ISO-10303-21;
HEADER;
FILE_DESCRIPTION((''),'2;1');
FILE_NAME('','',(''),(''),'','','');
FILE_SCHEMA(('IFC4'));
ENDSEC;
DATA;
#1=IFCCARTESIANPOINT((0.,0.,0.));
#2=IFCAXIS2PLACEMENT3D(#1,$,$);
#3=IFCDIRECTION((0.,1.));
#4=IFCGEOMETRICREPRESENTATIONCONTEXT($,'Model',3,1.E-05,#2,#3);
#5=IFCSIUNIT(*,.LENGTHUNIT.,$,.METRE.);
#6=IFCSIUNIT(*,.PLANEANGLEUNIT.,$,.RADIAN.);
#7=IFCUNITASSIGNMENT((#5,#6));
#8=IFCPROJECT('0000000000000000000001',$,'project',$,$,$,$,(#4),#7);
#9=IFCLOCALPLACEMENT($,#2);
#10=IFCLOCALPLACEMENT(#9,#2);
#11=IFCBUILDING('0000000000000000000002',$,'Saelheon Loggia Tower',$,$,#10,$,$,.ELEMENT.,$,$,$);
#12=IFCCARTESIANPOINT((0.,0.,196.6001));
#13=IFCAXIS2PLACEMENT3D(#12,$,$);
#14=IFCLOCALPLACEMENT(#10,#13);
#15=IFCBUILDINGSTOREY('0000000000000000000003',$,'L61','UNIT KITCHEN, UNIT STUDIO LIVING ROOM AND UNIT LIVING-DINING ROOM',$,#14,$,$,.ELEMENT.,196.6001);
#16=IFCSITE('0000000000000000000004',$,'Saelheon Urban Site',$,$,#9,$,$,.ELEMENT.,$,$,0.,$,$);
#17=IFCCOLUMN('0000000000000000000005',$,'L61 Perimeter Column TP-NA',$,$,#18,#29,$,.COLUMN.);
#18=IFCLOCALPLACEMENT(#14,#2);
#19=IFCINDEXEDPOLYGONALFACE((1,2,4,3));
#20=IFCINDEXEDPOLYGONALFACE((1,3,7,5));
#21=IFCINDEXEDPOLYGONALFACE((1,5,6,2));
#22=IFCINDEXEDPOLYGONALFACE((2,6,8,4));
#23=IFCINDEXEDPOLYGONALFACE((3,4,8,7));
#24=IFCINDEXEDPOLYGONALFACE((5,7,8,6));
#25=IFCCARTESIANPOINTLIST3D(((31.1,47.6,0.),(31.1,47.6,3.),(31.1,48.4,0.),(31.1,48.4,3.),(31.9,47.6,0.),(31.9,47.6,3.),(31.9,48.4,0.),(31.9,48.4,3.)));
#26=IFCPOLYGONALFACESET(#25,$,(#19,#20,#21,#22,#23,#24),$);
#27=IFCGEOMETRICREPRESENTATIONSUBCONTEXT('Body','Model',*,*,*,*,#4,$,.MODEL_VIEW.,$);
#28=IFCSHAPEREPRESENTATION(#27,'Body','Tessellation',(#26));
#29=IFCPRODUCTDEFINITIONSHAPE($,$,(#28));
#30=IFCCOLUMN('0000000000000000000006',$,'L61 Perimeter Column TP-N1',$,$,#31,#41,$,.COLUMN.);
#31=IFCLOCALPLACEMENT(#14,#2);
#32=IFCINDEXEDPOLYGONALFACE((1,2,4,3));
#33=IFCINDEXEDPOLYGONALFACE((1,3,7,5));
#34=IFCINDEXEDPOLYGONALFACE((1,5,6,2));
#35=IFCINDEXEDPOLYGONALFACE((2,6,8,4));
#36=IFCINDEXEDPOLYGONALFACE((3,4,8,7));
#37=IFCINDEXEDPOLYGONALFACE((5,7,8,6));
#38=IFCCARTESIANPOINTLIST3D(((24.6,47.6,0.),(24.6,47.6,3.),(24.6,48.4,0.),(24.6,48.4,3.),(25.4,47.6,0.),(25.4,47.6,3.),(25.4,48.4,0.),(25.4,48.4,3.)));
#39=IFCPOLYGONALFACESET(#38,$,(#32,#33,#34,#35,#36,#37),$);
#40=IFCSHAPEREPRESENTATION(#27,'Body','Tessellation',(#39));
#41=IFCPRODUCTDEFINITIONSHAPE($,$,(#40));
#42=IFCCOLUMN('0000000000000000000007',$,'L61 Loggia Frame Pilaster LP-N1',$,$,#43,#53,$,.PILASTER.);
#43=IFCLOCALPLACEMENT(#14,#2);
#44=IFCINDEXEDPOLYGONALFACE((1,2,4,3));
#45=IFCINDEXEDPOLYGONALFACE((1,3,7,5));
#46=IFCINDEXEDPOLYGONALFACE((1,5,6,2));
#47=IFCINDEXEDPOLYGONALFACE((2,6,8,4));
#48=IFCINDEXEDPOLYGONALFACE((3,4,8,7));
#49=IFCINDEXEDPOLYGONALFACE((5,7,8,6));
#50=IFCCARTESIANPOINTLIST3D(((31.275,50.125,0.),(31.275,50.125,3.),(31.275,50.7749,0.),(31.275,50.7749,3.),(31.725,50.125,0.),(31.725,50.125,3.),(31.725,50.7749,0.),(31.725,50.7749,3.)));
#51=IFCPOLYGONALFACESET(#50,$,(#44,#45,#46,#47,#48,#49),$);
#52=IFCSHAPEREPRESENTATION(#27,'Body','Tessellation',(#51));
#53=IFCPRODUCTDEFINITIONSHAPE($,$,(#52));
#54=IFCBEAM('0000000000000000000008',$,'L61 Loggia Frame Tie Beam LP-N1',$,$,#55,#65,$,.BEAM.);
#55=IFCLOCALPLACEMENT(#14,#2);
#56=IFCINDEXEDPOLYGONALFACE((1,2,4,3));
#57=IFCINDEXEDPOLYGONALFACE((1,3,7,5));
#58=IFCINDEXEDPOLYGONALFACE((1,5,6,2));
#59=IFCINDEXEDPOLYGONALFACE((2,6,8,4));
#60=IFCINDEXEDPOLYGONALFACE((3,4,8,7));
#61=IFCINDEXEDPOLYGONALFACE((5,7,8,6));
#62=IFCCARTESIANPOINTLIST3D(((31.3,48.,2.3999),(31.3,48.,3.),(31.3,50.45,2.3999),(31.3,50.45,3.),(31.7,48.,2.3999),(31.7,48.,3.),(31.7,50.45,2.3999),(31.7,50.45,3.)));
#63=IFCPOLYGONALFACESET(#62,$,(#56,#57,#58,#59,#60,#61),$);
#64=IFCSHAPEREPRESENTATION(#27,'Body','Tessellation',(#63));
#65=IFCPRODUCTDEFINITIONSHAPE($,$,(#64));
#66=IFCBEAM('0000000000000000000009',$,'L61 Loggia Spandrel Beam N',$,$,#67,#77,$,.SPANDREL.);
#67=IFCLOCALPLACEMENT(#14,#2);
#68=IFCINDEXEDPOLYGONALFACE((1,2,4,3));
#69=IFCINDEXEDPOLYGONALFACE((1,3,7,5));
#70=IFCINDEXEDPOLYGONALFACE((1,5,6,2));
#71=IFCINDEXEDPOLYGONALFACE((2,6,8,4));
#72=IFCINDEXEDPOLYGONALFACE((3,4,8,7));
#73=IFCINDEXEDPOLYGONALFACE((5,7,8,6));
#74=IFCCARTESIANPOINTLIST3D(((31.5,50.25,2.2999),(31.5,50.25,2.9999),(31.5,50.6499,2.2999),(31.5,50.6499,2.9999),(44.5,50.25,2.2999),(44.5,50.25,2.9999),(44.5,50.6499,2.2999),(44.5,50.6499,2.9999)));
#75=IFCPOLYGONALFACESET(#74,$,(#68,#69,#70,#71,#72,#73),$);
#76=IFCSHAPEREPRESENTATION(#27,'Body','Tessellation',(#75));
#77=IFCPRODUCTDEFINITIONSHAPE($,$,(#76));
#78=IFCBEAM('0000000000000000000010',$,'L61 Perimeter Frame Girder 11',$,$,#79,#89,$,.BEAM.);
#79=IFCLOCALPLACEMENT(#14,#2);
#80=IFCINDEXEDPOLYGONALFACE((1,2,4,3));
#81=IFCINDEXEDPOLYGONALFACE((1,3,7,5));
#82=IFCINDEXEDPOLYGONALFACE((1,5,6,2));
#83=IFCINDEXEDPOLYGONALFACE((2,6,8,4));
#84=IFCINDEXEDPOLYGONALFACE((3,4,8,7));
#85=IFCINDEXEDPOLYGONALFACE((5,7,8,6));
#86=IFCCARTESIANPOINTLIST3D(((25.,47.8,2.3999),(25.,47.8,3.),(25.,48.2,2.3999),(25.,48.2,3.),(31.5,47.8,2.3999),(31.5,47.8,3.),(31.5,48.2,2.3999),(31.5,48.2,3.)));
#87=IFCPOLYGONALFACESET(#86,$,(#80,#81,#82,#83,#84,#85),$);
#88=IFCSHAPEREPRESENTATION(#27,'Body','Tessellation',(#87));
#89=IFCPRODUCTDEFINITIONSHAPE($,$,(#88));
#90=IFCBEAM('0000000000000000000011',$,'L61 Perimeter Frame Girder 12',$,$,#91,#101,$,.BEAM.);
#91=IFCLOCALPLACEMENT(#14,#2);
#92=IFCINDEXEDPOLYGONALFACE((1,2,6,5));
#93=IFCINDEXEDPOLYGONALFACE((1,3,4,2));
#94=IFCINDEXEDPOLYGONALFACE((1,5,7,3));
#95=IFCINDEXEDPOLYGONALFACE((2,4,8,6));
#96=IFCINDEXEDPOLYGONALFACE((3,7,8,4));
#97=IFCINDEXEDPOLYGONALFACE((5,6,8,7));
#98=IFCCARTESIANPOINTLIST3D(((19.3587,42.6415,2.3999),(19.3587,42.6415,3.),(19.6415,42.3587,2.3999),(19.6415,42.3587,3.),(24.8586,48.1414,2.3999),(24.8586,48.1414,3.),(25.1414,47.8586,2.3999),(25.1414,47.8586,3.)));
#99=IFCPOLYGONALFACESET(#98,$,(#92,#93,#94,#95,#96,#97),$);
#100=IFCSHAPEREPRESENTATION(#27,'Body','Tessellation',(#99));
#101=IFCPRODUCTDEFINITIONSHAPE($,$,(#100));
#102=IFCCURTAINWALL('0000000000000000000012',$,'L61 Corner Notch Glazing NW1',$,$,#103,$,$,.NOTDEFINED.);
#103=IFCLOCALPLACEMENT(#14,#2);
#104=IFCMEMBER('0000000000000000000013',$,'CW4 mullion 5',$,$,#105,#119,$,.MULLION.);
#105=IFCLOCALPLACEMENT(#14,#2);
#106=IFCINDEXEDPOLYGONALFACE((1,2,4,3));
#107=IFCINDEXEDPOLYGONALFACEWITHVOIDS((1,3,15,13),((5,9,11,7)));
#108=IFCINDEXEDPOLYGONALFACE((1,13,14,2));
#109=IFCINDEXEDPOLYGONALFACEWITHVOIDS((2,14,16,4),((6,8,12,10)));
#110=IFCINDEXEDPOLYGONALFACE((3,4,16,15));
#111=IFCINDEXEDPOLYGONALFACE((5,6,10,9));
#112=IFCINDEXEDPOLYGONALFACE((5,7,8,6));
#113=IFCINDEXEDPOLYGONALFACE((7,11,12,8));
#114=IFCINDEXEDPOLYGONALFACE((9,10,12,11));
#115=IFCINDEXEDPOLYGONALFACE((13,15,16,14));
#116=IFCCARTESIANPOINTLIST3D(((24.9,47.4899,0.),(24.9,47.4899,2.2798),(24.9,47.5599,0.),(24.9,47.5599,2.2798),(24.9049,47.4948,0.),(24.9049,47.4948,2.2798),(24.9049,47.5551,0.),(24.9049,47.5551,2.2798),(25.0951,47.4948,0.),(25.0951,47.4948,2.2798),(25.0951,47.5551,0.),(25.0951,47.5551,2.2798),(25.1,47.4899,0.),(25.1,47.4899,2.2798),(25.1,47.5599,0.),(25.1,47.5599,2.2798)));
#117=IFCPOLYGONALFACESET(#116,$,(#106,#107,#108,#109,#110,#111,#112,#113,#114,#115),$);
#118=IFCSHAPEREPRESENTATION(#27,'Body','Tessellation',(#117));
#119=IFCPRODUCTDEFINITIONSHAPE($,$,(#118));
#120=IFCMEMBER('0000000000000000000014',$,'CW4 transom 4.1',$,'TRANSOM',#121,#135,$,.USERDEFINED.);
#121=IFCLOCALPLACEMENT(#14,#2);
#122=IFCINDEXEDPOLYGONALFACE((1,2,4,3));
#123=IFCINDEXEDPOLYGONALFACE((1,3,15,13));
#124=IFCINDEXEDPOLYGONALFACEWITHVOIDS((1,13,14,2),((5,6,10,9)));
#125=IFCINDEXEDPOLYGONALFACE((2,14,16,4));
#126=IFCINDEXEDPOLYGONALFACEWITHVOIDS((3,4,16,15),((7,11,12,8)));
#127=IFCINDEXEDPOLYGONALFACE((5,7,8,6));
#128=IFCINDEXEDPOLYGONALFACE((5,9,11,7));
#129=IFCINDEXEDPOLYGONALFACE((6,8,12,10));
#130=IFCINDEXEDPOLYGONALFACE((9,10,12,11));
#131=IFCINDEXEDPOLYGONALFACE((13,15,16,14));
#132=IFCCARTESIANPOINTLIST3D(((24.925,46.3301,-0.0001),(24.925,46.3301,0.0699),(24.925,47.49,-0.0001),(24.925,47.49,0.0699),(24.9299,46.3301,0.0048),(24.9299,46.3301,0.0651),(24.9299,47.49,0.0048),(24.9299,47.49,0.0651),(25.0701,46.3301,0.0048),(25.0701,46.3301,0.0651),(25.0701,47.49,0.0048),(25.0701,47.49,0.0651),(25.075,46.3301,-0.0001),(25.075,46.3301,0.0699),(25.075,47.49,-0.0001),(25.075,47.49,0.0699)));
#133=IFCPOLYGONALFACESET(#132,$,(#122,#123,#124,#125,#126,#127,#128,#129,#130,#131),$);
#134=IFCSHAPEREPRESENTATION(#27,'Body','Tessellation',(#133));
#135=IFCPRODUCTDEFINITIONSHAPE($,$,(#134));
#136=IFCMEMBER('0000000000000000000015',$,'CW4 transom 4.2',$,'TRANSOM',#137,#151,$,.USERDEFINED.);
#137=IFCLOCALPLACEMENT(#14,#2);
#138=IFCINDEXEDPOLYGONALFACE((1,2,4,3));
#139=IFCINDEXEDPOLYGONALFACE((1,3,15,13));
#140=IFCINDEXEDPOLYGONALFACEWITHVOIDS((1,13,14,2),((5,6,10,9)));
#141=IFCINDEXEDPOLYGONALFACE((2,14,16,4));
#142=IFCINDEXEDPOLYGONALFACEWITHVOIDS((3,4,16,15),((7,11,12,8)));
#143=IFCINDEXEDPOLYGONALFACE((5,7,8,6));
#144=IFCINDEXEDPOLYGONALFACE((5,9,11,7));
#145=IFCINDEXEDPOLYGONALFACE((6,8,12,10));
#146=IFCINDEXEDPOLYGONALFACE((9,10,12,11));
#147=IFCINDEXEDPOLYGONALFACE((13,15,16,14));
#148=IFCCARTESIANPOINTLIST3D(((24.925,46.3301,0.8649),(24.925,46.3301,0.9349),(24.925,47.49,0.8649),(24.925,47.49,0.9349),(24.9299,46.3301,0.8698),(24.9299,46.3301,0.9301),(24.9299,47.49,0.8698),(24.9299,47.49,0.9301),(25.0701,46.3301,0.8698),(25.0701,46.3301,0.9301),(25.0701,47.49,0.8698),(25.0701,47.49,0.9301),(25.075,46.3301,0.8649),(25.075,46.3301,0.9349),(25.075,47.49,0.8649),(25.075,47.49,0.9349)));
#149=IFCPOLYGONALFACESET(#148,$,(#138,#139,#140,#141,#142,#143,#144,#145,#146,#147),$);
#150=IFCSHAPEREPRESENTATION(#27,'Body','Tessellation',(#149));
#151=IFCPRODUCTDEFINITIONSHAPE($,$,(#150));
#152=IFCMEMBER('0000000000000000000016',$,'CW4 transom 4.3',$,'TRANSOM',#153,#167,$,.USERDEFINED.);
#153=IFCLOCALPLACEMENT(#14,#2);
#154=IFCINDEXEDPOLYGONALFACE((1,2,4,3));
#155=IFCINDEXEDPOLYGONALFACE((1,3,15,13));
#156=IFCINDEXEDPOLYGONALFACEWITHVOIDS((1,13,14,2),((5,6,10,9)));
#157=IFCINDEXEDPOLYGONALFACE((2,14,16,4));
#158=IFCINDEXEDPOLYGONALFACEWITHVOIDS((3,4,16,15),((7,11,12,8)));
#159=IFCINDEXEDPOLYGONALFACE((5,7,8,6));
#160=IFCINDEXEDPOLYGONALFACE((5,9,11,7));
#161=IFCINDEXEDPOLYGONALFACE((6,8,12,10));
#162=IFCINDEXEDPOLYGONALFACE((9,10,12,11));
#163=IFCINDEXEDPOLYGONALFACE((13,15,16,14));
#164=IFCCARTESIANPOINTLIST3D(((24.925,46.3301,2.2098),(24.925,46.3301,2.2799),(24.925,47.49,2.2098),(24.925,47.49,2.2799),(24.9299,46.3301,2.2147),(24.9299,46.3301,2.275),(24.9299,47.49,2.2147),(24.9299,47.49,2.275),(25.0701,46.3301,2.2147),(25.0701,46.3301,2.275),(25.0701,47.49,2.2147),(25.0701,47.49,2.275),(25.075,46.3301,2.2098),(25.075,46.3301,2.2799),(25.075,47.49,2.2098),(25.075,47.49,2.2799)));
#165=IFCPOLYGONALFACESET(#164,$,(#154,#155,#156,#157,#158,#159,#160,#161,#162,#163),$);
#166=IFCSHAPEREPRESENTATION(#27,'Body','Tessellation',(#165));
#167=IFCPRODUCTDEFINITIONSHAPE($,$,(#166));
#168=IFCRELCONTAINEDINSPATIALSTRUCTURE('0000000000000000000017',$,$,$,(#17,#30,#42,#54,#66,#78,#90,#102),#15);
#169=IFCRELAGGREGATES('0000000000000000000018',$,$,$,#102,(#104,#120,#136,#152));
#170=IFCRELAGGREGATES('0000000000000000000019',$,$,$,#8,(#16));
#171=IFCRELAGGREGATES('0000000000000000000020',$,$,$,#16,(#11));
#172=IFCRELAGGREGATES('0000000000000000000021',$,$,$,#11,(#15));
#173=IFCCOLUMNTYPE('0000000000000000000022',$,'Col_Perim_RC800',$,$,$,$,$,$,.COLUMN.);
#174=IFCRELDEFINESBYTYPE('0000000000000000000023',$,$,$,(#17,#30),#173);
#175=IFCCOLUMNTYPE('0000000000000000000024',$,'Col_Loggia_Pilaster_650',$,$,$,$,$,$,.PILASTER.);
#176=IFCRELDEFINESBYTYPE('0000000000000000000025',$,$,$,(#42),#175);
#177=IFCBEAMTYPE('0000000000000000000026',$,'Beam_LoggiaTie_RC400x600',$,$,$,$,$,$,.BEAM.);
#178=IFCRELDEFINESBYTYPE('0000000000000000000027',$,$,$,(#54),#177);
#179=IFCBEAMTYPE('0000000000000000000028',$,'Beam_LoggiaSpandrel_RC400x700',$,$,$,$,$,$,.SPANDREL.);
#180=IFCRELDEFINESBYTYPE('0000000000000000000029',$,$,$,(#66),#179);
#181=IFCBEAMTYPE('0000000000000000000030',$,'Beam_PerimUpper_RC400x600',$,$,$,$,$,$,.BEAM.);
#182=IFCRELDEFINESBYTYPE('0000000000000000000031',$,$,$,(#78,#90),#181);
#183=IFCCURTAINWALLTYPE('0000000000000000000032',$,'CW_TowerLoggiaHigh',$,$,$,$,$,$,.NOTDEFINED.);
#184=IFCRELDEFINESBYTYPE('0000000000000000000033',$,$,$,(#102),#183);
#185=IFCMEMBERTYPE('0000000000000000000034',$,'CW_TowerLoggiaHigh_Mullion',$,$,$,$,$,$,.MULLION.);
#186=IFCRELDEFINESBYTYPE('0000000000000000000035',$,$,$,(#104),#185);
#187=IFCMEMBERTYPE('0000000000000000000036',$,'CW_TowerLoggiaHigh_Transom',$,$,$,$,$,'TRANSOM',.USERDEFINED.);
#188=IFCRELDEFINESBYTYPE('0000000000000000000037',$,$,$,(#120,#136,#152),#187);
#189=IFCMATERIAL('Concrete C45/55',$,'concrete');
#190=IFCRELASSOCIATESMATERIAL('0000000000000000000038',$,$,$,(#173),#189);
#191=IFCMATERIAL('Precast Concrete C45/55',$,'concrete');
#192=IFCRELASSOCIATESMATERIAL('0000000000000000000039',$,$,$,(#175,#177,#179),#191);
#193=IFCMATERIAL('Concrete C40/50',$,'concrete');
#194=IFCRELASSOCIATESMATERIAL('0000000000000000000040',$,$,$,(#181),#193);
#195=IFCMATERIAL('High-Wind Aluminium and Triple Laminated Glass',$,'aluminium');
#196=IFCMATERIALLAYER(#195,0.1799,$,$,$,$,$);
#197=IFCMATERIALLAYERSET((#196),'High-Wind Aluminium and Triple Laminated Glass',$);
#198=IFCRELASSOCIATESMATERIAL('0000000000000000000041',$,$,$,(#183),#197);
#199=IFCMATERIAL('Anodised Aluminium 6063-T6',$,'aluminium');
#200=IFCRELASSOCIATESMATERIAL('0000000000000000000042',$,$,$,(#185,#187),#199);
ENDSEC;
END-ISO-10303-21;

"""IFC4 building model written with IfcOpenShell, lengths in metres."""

from ifc_helpers import new_model, si_unit, direction, frame, origin, origin_2d, place, context, subcontext, project, spatial, rectangle, hollow_rectangle, extrude, source, transform, mapped, material, layer, layer_set, material_profile, profile_set, type_object, element, aggregate, save


model = new_model("IFC4")

# Units and contexts
model_context = context("Model", 3, precision=1e-05, world=origin(), true_north=direction((0.0, 1.0)))
body_context = subcontext(model_context, "Body", "Model", "MODEL_VIEW")
ifc_project = project(units=[si_unit("LENGTHUNIT", "METRE"), si_unit("PLANEANGLEUNIT", "RADIAN")], contexts=[model_context])

# Site, building, storey
site_placement = place(None, origin())
site = spatial("IfcSite", under=ifc_project, at=site_placement, Name="Saelheon Urban Site", CompositionType="ELEMENT", RefElevation=0.0)
building_placement = place(site_placement, origin())
building = spatial("IfcBuilding", under=site, at=building_placement, Name="Saelheon Loggia Tower", CompositionType="ELEMENT")
storey_placement = place(building_placement, frame((0.0, 0.0, 196.6001)))
storey = spatial("IfcBuildingStorey", under=building, at=storey_placement, Name="L61", Description="UNIT KITCHEN, UNIT STUDIO LIVING ROOM AND UNIT LIVING-DINING ROOM", CompositionType="ELEMENT", Elevation=196.6001)

# Columns
ifc_material_1 = material(Name="Concrete C45/55", Category="concrete")
ifc_material_profile_1 = material_profile(ifc_material_1, rectangle(XDim=0.8, YDim=0.8, at=origin_2d()), Name="RC-800x800")
ifc_profile_set_1 = profile_set([ifc_material_profile_1], Name="Concrete C45/55")
column_type_1 = type_object("IfcColumnType", Name="Col_Perim_RC800", PredefinedType="COLUMN", material=ifc_profile_set_1)
shared_shape_1 = source(origin(), body_context, "Body", "SweptSolid", [
    extrude(rectangle(XDim=0.8, YDim=0.8, at=origin_2d()), origin(), (0.0, 0.0, 1.0), 3.0),
])
for number, where, z_axis, x_axis, name in (
    (1, (31.5, 48.0, 0.0), (0.0, 0.0, 1.0), (1.0, 0.0, 0.0), "L61 Perimeter Column TP-NA"),
    (2, (25.0, 48.0, 0.0), (0.0, 0.0, 1.0), (1.0, 0.0, 0.0), "L61 Perimeter Column TP-N1"),
):
    element("IfcColumn", number, at=place(storey_placement, frame(where, z_axis=z_axis, x_axis=x_axis)), inside=storey, type_object=column_type_1, Name=name, PredefinedType="COLUMN", context=body_context, shape_type="MappedRepresentation", body=[
        mapped(shared_shape_1, transform((0.0, 0.0, 0.0), scale=1.0)),
    ])
ifc_material_2 = material(Name="Precast Concrete C45/55", Category="concrete")
ifc_material_profile_2 = material_profile(ifc_material_2, rectangle(XDim=0.45, YDim=0.6499, at=origin_2d()), Name="RC-450x650")
ifc_profile_set_2 = profile_set([ifc_material_profile_2], Name="Precast Concrete C45/55")
column_type_2 = type_object("IfcColumnType", Name="Col_Loggia_Pilaster_650", PredefinedType="PILASTER", material=ifc_profile_set_2)
shared_shape_2 = source(origin(), body_context, "Body", "SweptSolid", [
    extrude(rectangle(XDim=0.45, YDim=0.6499, at=origin_2d()), origin(), (0.0, 0.0, 1.0), 3.0),
])
column_placement = place(storey_placement, frame((31.5, 50.45, 0.0), z_axis=(0.0, 0.0, 1.0), x_axis=(1.0, 0.0, 0.0)))
element("IfcColumn", 3, at=column_placement, inside=storey, type_object=column_type_2, Name="L61 Loggia Frame Pilaster LP-N1", PredefinedType="PILASTER", context=body_context, shape_type="MappedRepresentation", body=[
    mapped(shared_shape_2, transform((0.0, 0.0, 0.0), scale=1.0)),
])

# Beams
ifc_material_profile_3 = material_profile(ifc_material_2, rectangle(XDim=0.3999, YDim=0.6001, at=origin_2d()), Name="RC-400x600")
ifc_profile_set_3 = profile_set([ifc_material_profile_3], Name="Precast Concrete C45/55")
beam_type_1 = type_object("IfcBeamType", Name="Beam_LoggiaTie_RC400x600", PredefinedType="BEAM", material=ifc_profile_set_3)
shared_shape_3 = source(origin(), body_context, "Body", "SweptSolid", [
    extrude(rectangle(XDim=0.3999, YDim=0.6001, at=origin_2d()), origin(), (0.0, 0.0, 1.0), 2.45),
])
beam_1_placement = place(storey_placement, frame((31.5, 48.0, 2.7), z_axis=(0.0, 1.0, 0.0), x_axis=(-1.0, 0.0, 0.0)))
element("IfcBeam", 4, at=beam_1_placement, inside=storey, type_object=beam_type_1, Name="L61 Loggia Frame Tie Beam LP-N1", PredefinedType="BEAM", context=body_context, shape_type="MappedRepresentation", body=[
    mapped(shared_shape_3, transform((0.0, 0.0, 0.0), scale=1.0)),
])
ifc_material_profile_4 = material_profile(ifc_material_2, rectangle(XDim=0.3999, YDim=0.7, at=origin_2d()), Name="RC-400x700")
ifc_profile_set_4 = profile_set([ifc_material_profile_4], Name="Precast Concrete C45/55")
beam_type_2 = type_object("IfcBeamType", Name="Beam_LoggiaSpandrel_RC400x700", PredefinedType="SPANDREL", material=ifc_profile_set_4)
shared_shape_4 = source(origin(), body_context, "Body", "SweptSolid", [
    extrude(rectangle(XDim=0.3999, YDim=0.7, at=origin_2d()), origin(), (0.0, 0.0, 1.0), 13.0),
])
beam_2_placement = place(storey_placement, frame((31.5, 50.45, 2.6499), z_axis=(1.0, 0.0, 0.0), x_axis=(0.0, 1.0, 0.0)))
element("IfcBeam", 5, at=beam_2_placement, inside=storey, type_object=beam_type_2, Name="L61 Loggia Spandrel Beam N", PredefinedType="SPANDREL", context=body_context, shape_type="MappedRepresentation", body=[
    mapped(shared_shape_4, transform((0.0, 0.0, 0.0), scale=1.0)),
])
ifc_material_3 = material(Name="Concrete C40/50", Category="concrete")
ifc_material_profile_5 = material_profile(ifc_material_3, rectangle(XDim=0.3999, YDim=0.6001, at=origin_2d()), Name="RC-400x600")
ifc_profile_set_5 = profile_set([ifc_material_profile_5], Name="Concrete C40/50")
beam_type_3 = type_object("IfcBeamType", Name="Beam_PerimUpper_RC400x600", PredefinedType="BEAM", material=ifc_profile_set_5)
shared_shape_5 = source(origin(), body_context, "Body", "SweptSolid", [
    extrude(rectangle(XDim=0.3999, YDim=0.6001, at=origin_2d()), origin(), (0.0, 0.0, 1.0), 6.5),
])
beam_3_placement = place(storey_placement, frame((31.5, 48.0, 2.7), z_axis=(-1.0, 0.0, 0.0), x_axis=(0.0, -1.0, 0.0)))
element("IfcBeam", 6, at=beam_3_placement, inside=storey, type_object=beam_type_3, Name="L61 Perimeter Frame Girder 11", PredefinedType="BEAM", context=body_context, shape_type="MappedRepresentation", body=[
    mapped(shared_shape_5, transform((0.0, 0.0, 0.0), scale=1.0)),
])
shared_shape_6 = source(origin(), body_context, "Body", "SweptSolid", [
    extrude(rectangle(XDim=0.3999, YDim=0.6001, at=origin_2d()), origin(), (0.0, 0.0, 1.0), 7.7781),
])
beam_4_placement = place(storey_placement, frame((25.0, 48.0, 2.7), z_axis=(-0.707107, -0.707107, 0.0), x_axis=(0.707107, -0.707107, 0.0)))
element("IfcBeam", 7, at=beam_4_placement, inside=storey, type_object=beam_type_3, Name="L61 Perimeter Frame Girder 12", PredefinedType="BEAM", context=body_context, shape_type="MappedRepresentation", body=[
    mapped(shared_shape_6, transform((0.0, 0.0, 0.0), scale=1.0)),
])

# Curtain wall, members
ifc_material_4 = material(Name="High-Wind Aluminium and Triple Laminated Glass", Category="aluminium")
ifc_layer_1 = layer(ifc_material_4, 0.1799)
ifc_layer_set_1 = layer_set([ifc_layer_1], Name="High-Wind Aluminium and Triple Laminated Glass")
curtain_wall_type = type_object("IfcCurtainWallType", Name="CW_TowerLoggiaHigh", PredefinedType="NOTDEFINED", material=ifc_layer_set_1)
curtain_wall_placement = place(storey_placement, origin())
curtain_wall = element("IfcCurtainWall", 8, at=curtain_wall_placement, inside=storey, type_object=curtain_wall_type, Name="L61 Corner Notch Glazing NW1", PredefinedType="NOTDEFINED")
ifc_material_5 = material(Name="Anodised Aluminium 6063-T6", Category="aluminium")
ifc_material_profile_6 = material_profile(ifc_material_5, hollow_rectangle(XDim=0.0701, YDim=0.2, WallThickness=0.0049, at=origin_2d()), Name="RHS-200x70x5")
ifc_profile_set_6 = profile_set([ifc_material_profile_6], Name="Anodised Aluminium 6063-T6")
member_type_1 = type_object("IfcMemberType", Name="CW_TowerLoggiaHigh_Mullion", PredefinedType="MULLION", material=ifc_profile_set_6)
shared_shape_7 = source(origin(), body_context, "Body", "SweptSolid", [
    extrude(hollow_rectangle(XDim=0.0701, YDim=0.2, WallThickness=0.0049, at=origin_2d()), origin(), (0.0, 0.0, 1.0), 2.2798),
])
member_1_placement = place(storey_placement, frame((25.0, 47.5249, 0.0), z_axis=(0.0, 0.0, 1.0), x_axis=(0.0, 1.0, 0.0)))
member_1 = element("IfcMember", 9, at=member_1_placement, type_object=member_type_1, Name="CW4 mullion 5", PredefinedType="MULLION", context=body_context, shape_type="MappedRepresentation", body=[
    mapped(shared_shape_7, transform((0.0, 0.0, 0.0), scale=1.0)),
])
ifc_material_profile_7 = material_profile(ifc_material_5, hollow_rectangle(XDim=0.0701, YDim=0.1499, WallThickness=0.0049, at=origin_2d()), Name="RHS-150x70x5")
ifc_profile_set_7 = profile_set([ifc_material_profile_7], Name="Anodised Aluminium 6063-T6")
member_type_2 = type_object("IfcMemberType", Name="CW_TowerLoggiaHigh_Transom", ElementType="TRANSOM", PredefinedType="USERDEFINED", material=ifc_profile_set_7)
shared_shape_8 = source(origin(), body_context, "Body", "SweptSolid", [
    extrude(hollow_rectangle(XDim=0.0701, YDim=0.1499, WallThickness=0.0049, at=origin_2d()), origin(), (0.0, 0.0, 1.0), 1.1599),
])
member_2_placement = place(storey_placement, frame((25.0, 46.3301, 0.0349), z_axis=(0.0, 1.0, 0.0), x_axis=(0.0, 0.0, 1.0)))
member_2 = element("IfcMember", 10, at=member_2_placement, type_object=member_type_2, Name="CW4 transom 4.1", ObjectType="TRANSOM", PredefinedType="USERDEFINED", context=body_context, shape_type="MappedRepresentation", body=[
    mapped(shared_shape_8, transform((0.0, 0.0, 0.0), scale=1.0)),
])
member_3_placement = place(storey_placement, frame((25.0, 46.3301, 0.8999), z_axis=(0.0, 1.0, 0.0), x_axis=(0.0, 0.0, 1.0)))
member_3 = element("IfcMember", 11, at=member_3_placement, type_object=member_type_2, Name="CW4 transom 4.2", ObjectType="TRANSOM", PredefinedType="USERDEFINED", context=body_context, shape_type="MappedRepresentation", body=[
    mapped(shared_shape_8, transform((0.0, 0.0, 0.0), scale=1.0)),
])
member_4_placement = place(storey_placement, frame((25.0, 46.3301, 2.2449), z_axis=(0.0, 1.0, 0.0), x_axis=(0.0, 0.0, 1.0)))
member_4 = element("IfcMember", 12, at=member_4_placement, type_object=member_type_2, Name="CW4 transom 4.3", ObjectType="TRANSOM", PredefinedType="USERDEFINED", context=body_context, shape_type="MappedRepresentation", body=[
    mapped(shared_shape_8, transform((0.0, 0.0, 0.0), scale=1.0)),
])
aggregate(curtain_wall, [member_1, member_2, member_3, member_4])

save(model, "model.ifc")
